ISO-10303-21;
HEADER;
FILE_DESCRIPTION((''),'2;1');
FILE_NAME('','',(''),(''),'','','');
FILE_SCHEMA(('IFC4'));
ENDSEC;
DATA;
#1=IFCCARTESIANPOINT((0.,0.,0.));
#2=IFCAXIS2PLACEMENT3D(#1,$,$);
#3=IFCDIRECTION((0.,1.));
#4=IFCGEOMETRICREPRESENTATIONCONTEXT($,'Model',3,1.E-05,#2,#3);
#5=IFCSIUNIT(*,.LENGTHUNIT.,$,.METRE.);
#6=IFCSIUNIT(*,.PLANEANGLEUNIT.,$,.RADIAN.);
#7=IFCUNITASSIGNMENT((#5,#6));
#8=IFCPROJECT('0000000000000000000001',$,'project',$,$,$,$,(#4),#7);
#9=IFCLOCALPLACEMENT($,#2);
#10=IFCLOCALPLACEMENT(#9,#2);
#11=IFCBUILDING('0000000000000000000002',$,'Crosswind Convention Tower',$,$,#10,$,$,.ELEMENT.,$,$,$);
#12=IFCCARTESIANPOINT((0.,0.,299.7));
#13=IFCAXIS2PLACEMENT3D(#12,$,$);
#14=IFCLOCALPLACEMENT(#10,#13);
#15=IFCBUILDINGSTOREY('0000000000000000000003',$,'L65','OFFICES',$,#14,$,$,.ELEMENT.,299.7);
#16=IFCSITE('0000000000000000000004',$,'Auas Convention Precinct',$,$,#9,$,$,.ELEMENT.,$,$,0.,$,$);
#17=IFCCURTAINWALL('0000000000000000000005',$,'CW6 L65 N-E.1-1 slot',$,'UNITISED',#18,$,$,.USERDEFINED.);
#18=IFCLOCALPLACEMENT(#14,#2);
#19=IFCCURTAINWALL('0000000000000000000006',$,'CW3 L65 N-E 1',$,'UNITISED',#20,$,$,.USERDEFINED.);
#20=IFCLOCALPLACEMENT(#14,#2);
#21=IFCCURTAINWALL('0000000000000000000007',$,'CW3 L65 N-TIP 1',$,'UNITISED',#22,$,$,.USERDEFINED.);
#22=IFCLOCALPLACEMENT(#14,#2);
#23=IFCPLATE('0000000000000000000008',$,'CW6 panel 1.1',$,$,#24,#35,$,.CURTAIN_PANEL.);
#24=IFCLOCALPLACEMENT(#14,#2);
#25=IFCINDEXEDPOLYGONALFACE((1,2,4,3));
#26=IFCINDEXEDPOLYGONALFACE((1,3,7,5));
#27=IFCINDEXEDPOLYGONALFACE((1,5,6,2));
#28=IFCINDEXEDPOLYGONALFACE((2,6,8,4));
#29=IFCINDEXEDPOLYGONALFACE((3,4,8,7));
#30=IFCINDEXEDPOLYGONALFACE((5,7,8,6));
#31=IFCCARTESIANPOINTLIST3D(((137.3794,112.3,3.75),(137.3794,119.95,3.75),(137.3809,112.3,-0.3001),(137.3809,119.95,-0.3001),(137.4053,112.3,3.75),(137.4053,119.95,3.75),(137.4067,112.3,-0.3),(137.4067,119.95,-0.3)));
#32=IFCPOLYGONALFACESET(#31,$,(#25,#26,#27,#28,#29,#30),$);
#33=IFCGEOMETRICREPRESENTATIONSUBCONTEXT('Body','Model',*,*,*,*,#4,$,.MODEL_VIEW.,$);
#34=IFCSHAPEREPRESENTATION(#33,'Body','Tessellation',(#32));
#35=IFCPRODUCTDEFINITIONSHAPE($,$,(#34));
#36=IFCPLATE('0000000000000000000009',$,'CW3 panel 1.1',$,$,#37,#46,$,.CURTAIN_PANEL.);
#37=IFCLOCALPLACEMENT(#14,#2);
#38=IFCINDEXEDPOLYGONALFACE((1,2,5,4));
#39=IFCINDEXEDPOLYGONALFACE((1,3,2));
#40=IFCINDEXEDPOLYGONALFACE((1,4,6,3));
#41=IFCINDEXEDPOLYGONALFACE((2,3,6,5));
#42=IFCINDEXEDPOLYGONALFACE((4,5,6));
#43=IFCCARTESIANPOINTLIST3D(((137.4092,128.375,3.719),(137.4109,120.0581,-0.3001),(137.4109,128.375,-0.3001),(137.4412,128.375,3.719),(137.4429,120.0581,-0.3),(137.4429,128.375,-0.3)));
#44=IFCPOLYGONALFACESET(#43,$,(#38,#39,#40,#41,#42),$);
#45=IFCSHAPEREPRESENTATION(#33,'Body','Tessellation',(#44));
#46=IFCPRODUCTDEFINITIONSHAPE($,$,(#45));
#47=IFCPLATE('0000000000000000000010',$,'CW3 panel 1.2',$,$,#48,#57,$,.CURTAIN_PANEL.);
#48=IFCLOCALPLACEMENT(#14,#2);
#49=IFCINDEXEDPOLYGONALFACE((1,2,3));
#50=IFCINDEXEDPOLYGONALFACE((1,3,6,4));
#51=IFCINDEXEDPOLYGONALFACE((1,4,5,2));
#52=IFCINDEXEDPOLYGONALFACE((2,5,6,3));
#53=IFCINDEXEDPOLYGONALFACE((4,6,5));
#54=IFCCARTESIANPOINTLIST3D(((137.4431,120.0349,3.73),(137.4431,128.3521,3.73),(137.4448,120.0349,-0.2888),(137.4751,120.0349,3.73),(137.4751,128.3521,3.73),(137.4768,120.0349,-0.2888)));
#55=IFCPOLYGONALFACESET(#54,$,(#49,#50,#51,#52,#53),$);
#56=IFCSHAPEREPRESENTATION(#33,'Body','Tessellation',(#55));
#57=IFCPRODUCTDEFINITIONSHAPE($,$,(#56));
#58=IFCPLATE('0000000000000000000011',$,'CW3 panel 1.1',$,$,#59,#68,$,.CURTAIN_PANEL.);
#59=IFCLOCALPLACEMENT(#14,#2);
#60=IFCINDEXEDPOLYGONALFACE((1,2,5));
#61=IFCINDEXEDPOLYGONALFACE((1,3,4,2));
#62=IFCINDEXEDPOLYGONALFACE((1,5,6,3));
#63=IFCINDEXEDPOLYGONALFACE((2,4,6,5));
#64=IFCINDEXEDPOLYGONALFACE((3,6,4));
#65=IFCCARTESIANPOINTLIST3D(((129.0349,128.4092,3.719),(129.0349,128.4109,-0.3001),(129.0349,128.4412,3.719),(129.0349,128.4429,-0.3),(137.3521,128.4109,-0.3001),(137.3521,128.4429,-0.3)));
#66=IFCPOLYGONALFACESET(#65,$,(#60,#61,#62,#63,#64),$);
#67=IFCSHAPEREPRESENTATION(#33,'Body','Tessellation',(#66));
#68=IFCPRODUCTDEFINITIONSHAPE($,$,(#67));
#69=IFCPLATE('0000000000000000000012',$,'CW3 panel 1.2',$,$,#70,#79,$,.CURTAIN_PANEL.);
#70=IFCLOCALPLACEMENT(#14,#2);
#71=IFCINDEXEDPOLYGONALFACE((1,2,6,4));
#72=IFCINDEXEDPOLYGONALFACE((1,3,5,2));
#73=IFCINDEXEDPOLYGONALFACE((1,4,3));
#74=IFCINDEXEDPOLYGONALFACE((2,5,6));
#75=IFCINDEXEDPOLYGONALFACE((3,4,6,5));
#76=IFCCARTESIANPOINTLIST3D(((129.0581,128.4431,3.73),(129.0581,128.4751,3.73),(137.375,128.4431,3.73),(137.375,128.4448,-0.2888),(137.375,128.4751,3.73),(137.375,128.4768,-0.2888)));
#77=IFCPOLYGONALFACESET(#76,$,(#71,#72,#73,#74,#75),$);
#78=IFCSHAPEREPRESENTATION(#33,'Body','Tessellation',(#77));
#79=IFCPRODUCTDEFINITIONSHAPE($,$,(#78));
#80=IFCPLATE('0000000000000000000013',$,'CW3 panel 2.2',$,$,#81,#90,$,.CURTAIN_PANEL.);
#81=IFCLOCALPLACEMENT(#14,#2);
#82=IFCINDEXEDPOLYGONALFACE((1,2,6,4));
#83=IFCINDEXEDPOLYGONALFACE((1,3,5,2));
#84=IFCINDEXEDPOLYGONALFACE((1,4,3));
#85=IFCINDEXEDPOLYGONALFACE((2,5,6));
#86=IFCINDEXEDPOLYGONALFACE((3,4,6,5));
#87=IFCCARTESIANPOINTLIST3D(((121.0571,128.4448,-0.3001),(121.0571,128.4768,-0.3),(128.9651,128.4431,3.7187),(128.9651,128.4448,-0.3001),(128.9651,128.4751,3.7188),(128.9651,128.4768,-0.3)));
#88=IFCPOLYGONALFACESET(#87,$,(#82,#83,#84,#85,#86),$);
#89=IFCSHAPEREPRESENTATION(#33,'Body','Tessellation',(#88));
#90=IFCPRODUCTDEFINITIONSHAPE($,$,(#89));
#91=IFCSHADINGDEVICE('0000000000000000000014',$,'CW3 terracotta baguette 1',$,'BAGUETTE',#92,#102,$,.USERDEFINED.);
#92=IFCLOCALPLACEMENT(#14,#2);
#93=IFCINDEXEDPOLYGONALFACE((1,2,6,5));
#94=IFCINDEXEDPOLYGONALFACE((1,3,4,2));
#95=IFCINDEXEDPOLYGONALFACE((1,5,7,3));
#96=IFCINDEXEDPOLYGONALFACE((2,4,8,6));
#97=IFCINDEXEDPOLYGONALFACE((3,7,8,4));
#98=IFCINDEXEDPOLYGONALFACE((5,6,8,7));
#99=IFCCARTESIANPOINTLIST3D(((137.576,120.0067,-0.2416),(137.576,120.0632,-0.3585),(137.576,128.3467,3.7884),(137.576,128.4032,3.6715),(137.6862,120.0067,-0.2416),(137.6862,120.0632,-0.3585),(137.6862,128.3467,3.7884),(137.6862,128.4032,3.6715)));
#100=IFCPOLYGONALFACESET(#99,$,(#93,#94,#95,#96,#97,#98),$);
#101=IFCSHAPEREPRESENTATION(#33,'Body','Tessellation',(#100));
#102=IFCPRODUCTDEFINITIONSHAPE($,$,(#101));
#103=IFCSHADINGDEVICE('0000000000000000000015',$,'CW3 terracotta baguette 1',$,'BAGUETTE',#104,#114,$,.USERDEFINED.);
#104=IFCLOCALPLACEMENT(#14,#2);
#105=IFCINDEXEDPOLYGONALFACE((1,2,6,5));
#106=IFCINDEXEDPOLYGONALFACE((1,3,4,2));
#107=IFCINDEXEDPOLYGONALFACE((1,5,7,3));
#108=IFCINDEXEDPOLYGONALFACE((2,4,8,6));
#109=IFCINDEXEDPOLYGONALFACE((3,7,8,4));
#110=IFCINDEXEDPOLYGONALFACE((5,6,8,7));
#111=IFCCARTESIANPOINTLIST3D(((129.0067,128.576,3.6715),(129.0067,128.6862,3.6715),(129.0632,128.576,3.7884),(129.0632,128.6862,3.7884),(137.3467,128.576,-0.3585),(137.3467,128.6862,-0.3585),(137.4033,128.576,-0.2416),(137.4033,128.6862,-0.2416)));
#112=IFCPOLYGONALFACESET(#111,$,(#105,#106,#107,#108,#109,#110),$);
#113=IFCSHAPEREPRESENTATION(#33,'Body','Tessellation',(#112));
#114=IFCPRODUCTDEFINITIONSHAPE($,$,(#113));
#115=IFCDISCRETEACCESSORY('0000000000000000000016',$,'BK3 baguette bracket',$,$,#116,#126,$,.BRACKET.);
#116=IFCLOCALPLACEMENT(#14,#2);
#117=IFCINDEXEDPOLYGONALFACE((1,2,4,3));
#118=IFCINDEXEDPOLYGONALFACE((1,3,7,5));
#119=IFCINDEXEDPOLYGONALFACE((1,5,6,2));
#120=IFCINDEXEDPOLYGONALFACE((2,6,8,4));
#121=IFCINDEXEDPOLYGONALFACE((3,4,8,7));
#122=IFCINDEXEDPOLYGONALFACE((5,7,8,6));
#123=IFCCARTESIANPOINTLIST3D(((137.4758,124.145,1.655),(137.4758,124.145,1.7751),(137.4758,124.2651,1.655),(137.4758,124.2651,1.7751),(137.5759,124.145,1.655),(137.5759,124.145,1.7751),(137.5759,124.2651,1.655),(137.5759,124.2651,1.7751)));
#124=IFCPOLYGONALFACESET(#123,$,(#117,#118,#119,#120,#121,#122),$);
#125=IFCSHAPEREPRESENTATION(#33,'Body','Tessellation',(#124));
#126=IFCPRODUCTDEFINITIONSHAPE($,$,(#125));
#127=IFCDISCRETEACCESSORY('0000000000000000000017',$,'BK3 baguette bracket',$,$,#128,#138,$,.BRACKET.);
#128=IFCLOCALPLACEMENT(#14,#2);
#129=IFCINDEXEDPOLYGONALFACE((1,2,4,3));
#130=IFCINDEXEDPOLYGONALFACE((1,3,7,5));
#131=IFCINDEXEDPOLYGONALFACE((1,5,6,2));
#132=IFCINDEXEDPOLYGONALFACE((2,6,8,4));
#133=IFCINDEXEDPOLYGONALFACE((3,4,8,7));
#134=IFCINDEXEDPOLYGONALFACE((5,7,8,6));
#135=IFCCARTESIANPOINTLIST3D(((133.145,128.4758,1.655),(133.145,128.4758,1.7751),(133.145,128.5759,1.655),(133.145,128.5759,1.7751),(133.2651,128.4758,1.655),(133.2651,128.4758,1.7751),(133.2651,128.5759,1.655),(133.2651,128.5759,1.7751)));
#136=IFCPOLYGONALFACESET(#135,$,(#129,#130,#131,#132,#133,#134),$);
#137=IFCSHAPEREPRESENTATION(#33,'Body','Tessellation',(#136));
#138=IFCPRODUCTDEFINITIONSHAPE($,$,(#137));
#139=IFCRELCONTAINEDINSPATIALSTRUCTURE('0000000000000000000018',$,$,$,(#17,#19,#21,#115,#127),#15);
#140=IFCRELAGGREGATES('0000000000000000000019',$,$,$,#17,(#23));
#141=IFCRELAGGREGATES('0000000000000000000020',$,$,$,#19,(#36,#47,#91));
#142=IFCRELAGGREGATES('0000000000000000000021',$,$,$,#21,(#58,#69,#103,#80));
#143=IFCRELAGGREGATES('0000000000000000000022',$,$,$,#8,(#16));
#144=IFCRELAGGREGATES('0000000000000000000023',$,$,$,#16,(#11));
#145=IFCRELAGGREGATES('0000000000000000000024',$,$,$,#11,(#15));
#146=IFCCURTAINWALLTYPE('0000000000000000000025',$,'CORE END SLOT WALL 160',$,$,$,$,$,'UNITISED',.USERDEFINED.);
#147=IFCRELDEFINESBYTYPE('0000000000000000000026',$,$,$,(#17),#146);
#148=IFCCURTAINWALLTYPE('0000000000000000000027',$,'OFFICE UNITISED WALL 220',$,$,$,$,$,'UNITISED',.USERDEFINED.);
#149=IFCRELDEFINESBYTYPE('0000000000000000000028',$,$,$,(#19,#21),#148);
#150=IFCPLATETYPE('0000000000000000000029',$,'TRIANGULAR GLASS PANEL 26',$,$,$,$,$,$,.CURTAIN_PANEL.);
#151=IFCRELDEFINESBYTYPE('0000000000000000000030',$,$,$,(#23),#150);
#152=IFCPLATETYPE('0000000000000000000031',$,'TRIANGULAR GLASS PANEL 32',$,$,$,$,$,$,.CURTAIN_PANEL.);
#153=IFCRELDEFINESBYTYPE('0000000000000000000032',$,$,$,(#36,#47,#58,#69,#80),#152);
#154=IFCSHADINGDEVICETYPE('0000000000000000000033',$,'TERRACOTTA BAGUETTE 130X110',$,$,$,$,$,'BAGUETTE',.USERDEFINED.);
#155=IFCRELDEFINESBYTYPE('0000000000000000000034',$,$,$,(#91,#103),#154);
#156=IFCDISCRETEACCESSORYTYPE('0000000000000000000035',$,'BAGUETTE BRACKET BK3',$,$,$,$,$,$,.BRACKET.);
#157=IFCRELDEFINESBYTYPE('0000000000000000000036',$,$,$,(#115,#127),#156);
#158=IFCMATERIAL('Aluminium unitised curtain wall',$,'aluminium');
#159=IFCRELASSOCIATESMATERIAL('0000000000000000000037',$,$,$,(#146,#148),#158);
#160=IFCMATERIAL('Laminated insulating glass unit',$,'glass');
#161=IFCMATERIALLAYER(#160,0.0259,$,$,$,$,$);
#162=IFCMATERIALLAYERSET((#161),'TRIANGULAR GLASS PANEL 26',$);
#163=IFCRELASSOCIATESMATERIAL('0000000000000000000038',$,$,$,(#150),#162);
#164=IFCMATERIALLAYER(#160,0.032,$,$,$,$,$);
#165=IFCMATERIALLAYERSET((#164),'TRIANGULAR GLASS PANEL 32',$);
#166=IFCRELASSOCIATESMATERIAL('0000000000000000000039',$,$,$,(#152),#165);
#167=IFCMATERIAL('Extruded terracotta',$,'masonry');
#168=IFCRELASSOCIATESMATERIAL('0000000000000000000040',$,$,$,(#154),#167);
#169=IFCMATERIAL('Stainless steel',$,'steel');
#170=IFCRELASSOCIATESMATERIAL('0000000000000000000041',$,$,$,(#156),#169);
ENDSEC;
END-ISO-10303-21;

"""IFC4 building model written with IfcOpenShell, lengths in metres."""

from ifc_helpers import new_model, si_unit, direction, frame, origin, origin_2d, place, context, subcontext, project, spatial, polyline, rectangle, outline, extrude, material, layer, layer_set, material_profile, profile_set, type_object, element, aggregate, save


model = new_model("IFC4")

# Units and contexts
model_context = context("Model", 3, precision=1e-05, world=origin(), true_north=direction((0.0, 1.0)))
body_context = subcontext(model_context, "Body", "Model", "MODEL_VIEW")
ifc_project = project(units=[si_unit("LENGTHUNIT", "METRE"), si_unit("PLANEANGLEUNIT", "RADIAN")], contexts=[model_context])

# Site, building, storey
site_placement = place(None, origin())
site = spatial("IfcSite", under=ifc_project, at=site_placement, Name="Auas Convention Precinct", CompositionType="ELEMENT", RefElevation=0.0)
building_placement = place(site_placement, origin())
building = spatial("IfcBuilding", under=site, at=building_placement, Name="Crosswind Convention Tower", CompositionType="ELEMENT")
storey_placement = place(building_placement, frame((0.0, 0.0, 299.7)))
storey = spatial("IfcBuildingStorey", under=building, at=storey_placement, Name="L65", Description="OFFICES", CompositionType="ELEMENT", Elevation=299.7)

# Curtain walls
ifc_material_1 = material(Name="Aluminium unitised curtain wall", Category="aluminium")
curtain_wall_type_1 = type_object("IfcCurtainWallType", Name="CORE END SLOT WALL 160", ElementType="UNITISED", PredefinedType="USERDEFINED", material=ifc_material_1)
curtain_wall_1_placement = place(storey_placement, origin())
curtain_wall_1 = element("IfcCurtainWall", 1, at=curtain_wall_1_placement, inside=storey, type_object=curtain_wall_type_1, Name="CW6 L65 N-E.1-1 slot", ObjectType="UNITISED", PredefinedType="USERDEFINED")
curtain_wall_type_2 = type_object("IfcCurtainWallType", Name="OFFICE UNITISED WALL 220", ElementType="UNITISED", PredefinedType="USERDEFINED", material=ifc_material_1)
curtain_wall_2_placement = place(storey_placement, origin())
curtain_wall_2 = element("IfcCurtainWall", 2, at=curtain_wall_2_placement, inside=storey, type_object=curtain_wall_type_2, Name="CW3 L65 N-E 1", ObjectType="UNITISED", PredefinedType="USERDEFINED")

# Curtain wall
curtain_wall_3_placement = place(storey_placement, origin())
curtain_wall_3 = element("IfcCurtainWall", 3, at=curtain_wall_3_placement, inside=storey, type_object=curtain_wall_type_2, Name="CW3 L65 N-TIP 1", ObjectType="UNITISED", PredefinedType="USERDEFINED")

# Plates
ifc_material_2 = material(Name="Laminated insulating glass unit", Category="glass")
ifc_layer_1 = layer(ifc_material_2, 0.0259)
ifc_layer_set_1 = layer_set([ifc_layer_1], Name="TRIANGULAR GLASS PANEL 26")
plate_type_1 = type_object("IfcPlateType", Name="TRIANGULAR GLASS PANEL 26", PredefinedType="CURTAIN_PANEL", material=ifc_layer_set_1)
plate_1_placement = place(storey_placement, frame((137.4067, 112.3, -0.3), z_axis=(1.0, 0.0, 0.000362), x_axis=(0.0, 1.0, 0.0)))
plate_1 = element("IfcPlate", 4, at=plate_1_placement, type_object=plate_type_1, Name="CW6 panel 1.1", PredefinedType="CURTAIN_PANEL", context=body_context, shape_type="SweptSolid", body=[
    extrude(outline(polyline([(0.0, 0.0), (7.6499, 0.0), (7.6499, 4.05), (0.0, 4.05), (0.0, 0.0)])), origin(), (0.0, 0.0, -1.0), 0.0259),
])
aggregate(curtain_wall_1, [plate_1])
ifc_layer_2 = layer(ifc_material_2, 0.032)
ifc_layer_set_2 = layer_set([ifc_layer_2], Name="TRIANGULAR GLASS PANEL 32")
plate_type_2 = type_object("IfcPlateType", Name="TRIANGULAR GLASS PANEL 32", PredefinedType="CURTAIN_PANEL", material=ifc_layer_set_2)
plate_2_placement = place(storey_placement, frame((137.4429, 128.375, -0.3), z_axis=(1.0, 0.0, 0.000425), x_axis=(-0.000425, 0.0, 1.0)))
plate_2 = element("IfcPlate", 5, at=plate_2_placement, type_object=plate_type_2, Name="CW3 panel 1.1", PredefinedType="CURTAIN_PANEL", context=body_context, shape_type="SweptSolid", body=[
    extrude(outline(polyline([(0.0, 0.0), (4.019, 0.0), (0.0, 8.3169), (0.0, 0.0)])), origin(), (0.0, 0.0, -1.0), 0.032),
])
plate_3_placement = place(storey_placement, frame((137.4751, 120.0349, 3.73), z_axis=(1.0, 0.0, 0.000425), x_axis=(0.000425, 0.0, -1.0)))
plate_3 = element("IfcPlate", 6, at=plate_3_placement, type_object=plate_type_2, Name="CW3 panel 1.2", PredefinedType="CURTAIN_PANEL", context=body_context, shape_type="SweptSolid", body=[
    extrude(outline(polyline([(0.0, 0.0), (4.0188, 0.0), (0.0, 8.3171), (0.0, 0.0)])), origin(), (0.0, 0.0, -1.0), 0.032),
])
plate_4_placement = place(storey_placement, frame((129.0349, 128.4429, -0.3), z_axis=(0.0, 1.0, 0.000425), x_axis=(0.0, -0.000425, 1.0)))
plate_4 = element("IfcPlate", 7, at=plate_4_placement, type_object=plate_type_2, Name="CW3 panel 1.1", PredefinedType="CURTAIN_PANEL", context=body_context, shape_type="SweptSolid", body=[
    extrude(outline(polyline([(0.0, 0.0), (4.019, 0.0), (0.0, 8.3171), (0.0, 0.0)])), origin(), (0.0, 0.0, -1.0), 0.032),
])
plate_5_placement = place(storey_placement, frame((137.375, 128.4751, 3.73), z_axis=(0.0, 1.0, 0.000425), x_axis=(0.0, 0.000425, -1.0)))
plate_5 = element("IfcPlate", 8, at=plate_5_placement, type_object=plate_type_2, Name="CW3 panel 1.2", PredefinedType="CURTAIN_PANEL", context=body_context, shape_type="SweptSolid", body=[
    extrude(outline(polyline([(0.0, 0.0), (4.0188, 0.0), (0.0, 8.3169), (0.0, 0.0)])), origin(), (0.0, 0.0, -1.0), 0.032),
])
plate_6_placement = place(storey_placement, frame((128.9651, 128.4768, -0.3), z_axis=(0.0, 1.0, 0.000425), x_axis=(-1.0, 0.0, 0.0)))
plate_6 = element("IfcPlate", 9, at=plate_6_placement, type_object=plate_type_2, Name="CW3 panel 2.2", PredefinedType="CURTAIN_PANEL", context=body_context, shape_type="SweptSolid", body=[
    extrude(outline(polyline([(0.0, 0.0), (7.908, 0.0), (0.0, 4.0188), (0.0, 0.0)])), origin(), (0.0, 0.0, -1.0), 0.032),
])

# Shading devices
ifc_material_3 = material(Name="Extruded terracotta", Category="masonry")
ifc_material_profile_1 = material_profile(ifc_material_3, rectangle(XDim=0.1101, YDim=0.1299, at=origin_2d()), Name="TC 110X130")
ifc_profile_set_1 = profile_set([ifc_material_profile_1], Name="Extruded terracotta")
shading_device_type = type_object("IfcShadingDeviceType", Name="TERRACOTTA BAGUETTE 130X110", ElementType="BAGUETTE", PredefinedType="USERDEFINED", material=ifc_profile_set_1)
shading_device_1_placement = place(storey_placement, frame((137.6311, 120.0349, -0.3), z_axis=(0.0, 0.900392, 0.43508), x_axis=(-1.0, 0.0, 0.0)))
shading_device_1 = element("IfcShadingDevice", 10, at=shading_device_1_placement, type_object=shading_device_type, Name="CW3 terracotta baguette 1", ObjectType="BAGUETTE", PredefinedType="USERDEFINED", context=body_context, shape_type="SweptSolid", body=[
    extrude(rectangle(XDim=0.1101, YDim=0.1299, at=origin_2d()), origin(), (0.0, 0.0, 1.0), 9.2627),
])
aggregate(curtain_wall_2, [plate_2, plate_3, shading_device_1])
shading_device_2_placement = place(storey_placement, frame((137.375, 128.6311, -0.3), z_axis=(-0.900392, 0.0, 0.43508), x_axis=(0.0, -1.0, 0.0)))
shading_device_2 = element("IfcShadingDevice", 11, at=shading_device_2_placement, type_object=shading_device_type, Name="CW3 terracotta baguette 1", ObjectType="BAGUETTE", PredefinedType="USERDEFINED", context=body_context, shape_type="SweptSolid", body=[
    extrude(rectangle(XDim=0.1101, YDim=0.1299, at=origin_2d()), origin(), (0.0, 0.0, 1.0), 9.2627),
])
aggregate(curtain_wall_3, [plate_4, plate_5, shading_device_2, plate_6])

# Discrete accessories
ifc_material_4 = material(Name="Stainless steel", Category="steel")
discrete_accessory_type = type_object("IfcDiscreteAccessoryType", Name="BAGUETTE BRACKET BK3", PredefinedType="BRACKET", material=ifc_material_4)
for number, where, z_axis, x_axis, name in (
    (12, (137.5259, 124.2051, 1.655), (0.0, 0.0, 1.0), (0.0, 1.0, 0.0), "BK3 baguette bracket"),
    (13, (133.2051, 128.5259, 1.655), (0.0, 0.0, 1.0), (-1.0, 0.0, 0.0), "BK3 baguette bracket"),
):
    element("IfcDiscreteAccessory", number, at=place(storey_placement, frame(where, z_axis=z_axis, x_axis=x_axis)), inside=storey, type_object=discrete_accessory_type, Name=name, PredefinedType="BRACKET", context=body_context, shape_type="SweptSolid", body=[
        extrude(rectangle(XDim=0.1201, YDim=0.1001, at=origin_2d()), origin(), (0.0, 0.0, 1.0), 0.1201),
    ])

save(model, "model.ifc")
